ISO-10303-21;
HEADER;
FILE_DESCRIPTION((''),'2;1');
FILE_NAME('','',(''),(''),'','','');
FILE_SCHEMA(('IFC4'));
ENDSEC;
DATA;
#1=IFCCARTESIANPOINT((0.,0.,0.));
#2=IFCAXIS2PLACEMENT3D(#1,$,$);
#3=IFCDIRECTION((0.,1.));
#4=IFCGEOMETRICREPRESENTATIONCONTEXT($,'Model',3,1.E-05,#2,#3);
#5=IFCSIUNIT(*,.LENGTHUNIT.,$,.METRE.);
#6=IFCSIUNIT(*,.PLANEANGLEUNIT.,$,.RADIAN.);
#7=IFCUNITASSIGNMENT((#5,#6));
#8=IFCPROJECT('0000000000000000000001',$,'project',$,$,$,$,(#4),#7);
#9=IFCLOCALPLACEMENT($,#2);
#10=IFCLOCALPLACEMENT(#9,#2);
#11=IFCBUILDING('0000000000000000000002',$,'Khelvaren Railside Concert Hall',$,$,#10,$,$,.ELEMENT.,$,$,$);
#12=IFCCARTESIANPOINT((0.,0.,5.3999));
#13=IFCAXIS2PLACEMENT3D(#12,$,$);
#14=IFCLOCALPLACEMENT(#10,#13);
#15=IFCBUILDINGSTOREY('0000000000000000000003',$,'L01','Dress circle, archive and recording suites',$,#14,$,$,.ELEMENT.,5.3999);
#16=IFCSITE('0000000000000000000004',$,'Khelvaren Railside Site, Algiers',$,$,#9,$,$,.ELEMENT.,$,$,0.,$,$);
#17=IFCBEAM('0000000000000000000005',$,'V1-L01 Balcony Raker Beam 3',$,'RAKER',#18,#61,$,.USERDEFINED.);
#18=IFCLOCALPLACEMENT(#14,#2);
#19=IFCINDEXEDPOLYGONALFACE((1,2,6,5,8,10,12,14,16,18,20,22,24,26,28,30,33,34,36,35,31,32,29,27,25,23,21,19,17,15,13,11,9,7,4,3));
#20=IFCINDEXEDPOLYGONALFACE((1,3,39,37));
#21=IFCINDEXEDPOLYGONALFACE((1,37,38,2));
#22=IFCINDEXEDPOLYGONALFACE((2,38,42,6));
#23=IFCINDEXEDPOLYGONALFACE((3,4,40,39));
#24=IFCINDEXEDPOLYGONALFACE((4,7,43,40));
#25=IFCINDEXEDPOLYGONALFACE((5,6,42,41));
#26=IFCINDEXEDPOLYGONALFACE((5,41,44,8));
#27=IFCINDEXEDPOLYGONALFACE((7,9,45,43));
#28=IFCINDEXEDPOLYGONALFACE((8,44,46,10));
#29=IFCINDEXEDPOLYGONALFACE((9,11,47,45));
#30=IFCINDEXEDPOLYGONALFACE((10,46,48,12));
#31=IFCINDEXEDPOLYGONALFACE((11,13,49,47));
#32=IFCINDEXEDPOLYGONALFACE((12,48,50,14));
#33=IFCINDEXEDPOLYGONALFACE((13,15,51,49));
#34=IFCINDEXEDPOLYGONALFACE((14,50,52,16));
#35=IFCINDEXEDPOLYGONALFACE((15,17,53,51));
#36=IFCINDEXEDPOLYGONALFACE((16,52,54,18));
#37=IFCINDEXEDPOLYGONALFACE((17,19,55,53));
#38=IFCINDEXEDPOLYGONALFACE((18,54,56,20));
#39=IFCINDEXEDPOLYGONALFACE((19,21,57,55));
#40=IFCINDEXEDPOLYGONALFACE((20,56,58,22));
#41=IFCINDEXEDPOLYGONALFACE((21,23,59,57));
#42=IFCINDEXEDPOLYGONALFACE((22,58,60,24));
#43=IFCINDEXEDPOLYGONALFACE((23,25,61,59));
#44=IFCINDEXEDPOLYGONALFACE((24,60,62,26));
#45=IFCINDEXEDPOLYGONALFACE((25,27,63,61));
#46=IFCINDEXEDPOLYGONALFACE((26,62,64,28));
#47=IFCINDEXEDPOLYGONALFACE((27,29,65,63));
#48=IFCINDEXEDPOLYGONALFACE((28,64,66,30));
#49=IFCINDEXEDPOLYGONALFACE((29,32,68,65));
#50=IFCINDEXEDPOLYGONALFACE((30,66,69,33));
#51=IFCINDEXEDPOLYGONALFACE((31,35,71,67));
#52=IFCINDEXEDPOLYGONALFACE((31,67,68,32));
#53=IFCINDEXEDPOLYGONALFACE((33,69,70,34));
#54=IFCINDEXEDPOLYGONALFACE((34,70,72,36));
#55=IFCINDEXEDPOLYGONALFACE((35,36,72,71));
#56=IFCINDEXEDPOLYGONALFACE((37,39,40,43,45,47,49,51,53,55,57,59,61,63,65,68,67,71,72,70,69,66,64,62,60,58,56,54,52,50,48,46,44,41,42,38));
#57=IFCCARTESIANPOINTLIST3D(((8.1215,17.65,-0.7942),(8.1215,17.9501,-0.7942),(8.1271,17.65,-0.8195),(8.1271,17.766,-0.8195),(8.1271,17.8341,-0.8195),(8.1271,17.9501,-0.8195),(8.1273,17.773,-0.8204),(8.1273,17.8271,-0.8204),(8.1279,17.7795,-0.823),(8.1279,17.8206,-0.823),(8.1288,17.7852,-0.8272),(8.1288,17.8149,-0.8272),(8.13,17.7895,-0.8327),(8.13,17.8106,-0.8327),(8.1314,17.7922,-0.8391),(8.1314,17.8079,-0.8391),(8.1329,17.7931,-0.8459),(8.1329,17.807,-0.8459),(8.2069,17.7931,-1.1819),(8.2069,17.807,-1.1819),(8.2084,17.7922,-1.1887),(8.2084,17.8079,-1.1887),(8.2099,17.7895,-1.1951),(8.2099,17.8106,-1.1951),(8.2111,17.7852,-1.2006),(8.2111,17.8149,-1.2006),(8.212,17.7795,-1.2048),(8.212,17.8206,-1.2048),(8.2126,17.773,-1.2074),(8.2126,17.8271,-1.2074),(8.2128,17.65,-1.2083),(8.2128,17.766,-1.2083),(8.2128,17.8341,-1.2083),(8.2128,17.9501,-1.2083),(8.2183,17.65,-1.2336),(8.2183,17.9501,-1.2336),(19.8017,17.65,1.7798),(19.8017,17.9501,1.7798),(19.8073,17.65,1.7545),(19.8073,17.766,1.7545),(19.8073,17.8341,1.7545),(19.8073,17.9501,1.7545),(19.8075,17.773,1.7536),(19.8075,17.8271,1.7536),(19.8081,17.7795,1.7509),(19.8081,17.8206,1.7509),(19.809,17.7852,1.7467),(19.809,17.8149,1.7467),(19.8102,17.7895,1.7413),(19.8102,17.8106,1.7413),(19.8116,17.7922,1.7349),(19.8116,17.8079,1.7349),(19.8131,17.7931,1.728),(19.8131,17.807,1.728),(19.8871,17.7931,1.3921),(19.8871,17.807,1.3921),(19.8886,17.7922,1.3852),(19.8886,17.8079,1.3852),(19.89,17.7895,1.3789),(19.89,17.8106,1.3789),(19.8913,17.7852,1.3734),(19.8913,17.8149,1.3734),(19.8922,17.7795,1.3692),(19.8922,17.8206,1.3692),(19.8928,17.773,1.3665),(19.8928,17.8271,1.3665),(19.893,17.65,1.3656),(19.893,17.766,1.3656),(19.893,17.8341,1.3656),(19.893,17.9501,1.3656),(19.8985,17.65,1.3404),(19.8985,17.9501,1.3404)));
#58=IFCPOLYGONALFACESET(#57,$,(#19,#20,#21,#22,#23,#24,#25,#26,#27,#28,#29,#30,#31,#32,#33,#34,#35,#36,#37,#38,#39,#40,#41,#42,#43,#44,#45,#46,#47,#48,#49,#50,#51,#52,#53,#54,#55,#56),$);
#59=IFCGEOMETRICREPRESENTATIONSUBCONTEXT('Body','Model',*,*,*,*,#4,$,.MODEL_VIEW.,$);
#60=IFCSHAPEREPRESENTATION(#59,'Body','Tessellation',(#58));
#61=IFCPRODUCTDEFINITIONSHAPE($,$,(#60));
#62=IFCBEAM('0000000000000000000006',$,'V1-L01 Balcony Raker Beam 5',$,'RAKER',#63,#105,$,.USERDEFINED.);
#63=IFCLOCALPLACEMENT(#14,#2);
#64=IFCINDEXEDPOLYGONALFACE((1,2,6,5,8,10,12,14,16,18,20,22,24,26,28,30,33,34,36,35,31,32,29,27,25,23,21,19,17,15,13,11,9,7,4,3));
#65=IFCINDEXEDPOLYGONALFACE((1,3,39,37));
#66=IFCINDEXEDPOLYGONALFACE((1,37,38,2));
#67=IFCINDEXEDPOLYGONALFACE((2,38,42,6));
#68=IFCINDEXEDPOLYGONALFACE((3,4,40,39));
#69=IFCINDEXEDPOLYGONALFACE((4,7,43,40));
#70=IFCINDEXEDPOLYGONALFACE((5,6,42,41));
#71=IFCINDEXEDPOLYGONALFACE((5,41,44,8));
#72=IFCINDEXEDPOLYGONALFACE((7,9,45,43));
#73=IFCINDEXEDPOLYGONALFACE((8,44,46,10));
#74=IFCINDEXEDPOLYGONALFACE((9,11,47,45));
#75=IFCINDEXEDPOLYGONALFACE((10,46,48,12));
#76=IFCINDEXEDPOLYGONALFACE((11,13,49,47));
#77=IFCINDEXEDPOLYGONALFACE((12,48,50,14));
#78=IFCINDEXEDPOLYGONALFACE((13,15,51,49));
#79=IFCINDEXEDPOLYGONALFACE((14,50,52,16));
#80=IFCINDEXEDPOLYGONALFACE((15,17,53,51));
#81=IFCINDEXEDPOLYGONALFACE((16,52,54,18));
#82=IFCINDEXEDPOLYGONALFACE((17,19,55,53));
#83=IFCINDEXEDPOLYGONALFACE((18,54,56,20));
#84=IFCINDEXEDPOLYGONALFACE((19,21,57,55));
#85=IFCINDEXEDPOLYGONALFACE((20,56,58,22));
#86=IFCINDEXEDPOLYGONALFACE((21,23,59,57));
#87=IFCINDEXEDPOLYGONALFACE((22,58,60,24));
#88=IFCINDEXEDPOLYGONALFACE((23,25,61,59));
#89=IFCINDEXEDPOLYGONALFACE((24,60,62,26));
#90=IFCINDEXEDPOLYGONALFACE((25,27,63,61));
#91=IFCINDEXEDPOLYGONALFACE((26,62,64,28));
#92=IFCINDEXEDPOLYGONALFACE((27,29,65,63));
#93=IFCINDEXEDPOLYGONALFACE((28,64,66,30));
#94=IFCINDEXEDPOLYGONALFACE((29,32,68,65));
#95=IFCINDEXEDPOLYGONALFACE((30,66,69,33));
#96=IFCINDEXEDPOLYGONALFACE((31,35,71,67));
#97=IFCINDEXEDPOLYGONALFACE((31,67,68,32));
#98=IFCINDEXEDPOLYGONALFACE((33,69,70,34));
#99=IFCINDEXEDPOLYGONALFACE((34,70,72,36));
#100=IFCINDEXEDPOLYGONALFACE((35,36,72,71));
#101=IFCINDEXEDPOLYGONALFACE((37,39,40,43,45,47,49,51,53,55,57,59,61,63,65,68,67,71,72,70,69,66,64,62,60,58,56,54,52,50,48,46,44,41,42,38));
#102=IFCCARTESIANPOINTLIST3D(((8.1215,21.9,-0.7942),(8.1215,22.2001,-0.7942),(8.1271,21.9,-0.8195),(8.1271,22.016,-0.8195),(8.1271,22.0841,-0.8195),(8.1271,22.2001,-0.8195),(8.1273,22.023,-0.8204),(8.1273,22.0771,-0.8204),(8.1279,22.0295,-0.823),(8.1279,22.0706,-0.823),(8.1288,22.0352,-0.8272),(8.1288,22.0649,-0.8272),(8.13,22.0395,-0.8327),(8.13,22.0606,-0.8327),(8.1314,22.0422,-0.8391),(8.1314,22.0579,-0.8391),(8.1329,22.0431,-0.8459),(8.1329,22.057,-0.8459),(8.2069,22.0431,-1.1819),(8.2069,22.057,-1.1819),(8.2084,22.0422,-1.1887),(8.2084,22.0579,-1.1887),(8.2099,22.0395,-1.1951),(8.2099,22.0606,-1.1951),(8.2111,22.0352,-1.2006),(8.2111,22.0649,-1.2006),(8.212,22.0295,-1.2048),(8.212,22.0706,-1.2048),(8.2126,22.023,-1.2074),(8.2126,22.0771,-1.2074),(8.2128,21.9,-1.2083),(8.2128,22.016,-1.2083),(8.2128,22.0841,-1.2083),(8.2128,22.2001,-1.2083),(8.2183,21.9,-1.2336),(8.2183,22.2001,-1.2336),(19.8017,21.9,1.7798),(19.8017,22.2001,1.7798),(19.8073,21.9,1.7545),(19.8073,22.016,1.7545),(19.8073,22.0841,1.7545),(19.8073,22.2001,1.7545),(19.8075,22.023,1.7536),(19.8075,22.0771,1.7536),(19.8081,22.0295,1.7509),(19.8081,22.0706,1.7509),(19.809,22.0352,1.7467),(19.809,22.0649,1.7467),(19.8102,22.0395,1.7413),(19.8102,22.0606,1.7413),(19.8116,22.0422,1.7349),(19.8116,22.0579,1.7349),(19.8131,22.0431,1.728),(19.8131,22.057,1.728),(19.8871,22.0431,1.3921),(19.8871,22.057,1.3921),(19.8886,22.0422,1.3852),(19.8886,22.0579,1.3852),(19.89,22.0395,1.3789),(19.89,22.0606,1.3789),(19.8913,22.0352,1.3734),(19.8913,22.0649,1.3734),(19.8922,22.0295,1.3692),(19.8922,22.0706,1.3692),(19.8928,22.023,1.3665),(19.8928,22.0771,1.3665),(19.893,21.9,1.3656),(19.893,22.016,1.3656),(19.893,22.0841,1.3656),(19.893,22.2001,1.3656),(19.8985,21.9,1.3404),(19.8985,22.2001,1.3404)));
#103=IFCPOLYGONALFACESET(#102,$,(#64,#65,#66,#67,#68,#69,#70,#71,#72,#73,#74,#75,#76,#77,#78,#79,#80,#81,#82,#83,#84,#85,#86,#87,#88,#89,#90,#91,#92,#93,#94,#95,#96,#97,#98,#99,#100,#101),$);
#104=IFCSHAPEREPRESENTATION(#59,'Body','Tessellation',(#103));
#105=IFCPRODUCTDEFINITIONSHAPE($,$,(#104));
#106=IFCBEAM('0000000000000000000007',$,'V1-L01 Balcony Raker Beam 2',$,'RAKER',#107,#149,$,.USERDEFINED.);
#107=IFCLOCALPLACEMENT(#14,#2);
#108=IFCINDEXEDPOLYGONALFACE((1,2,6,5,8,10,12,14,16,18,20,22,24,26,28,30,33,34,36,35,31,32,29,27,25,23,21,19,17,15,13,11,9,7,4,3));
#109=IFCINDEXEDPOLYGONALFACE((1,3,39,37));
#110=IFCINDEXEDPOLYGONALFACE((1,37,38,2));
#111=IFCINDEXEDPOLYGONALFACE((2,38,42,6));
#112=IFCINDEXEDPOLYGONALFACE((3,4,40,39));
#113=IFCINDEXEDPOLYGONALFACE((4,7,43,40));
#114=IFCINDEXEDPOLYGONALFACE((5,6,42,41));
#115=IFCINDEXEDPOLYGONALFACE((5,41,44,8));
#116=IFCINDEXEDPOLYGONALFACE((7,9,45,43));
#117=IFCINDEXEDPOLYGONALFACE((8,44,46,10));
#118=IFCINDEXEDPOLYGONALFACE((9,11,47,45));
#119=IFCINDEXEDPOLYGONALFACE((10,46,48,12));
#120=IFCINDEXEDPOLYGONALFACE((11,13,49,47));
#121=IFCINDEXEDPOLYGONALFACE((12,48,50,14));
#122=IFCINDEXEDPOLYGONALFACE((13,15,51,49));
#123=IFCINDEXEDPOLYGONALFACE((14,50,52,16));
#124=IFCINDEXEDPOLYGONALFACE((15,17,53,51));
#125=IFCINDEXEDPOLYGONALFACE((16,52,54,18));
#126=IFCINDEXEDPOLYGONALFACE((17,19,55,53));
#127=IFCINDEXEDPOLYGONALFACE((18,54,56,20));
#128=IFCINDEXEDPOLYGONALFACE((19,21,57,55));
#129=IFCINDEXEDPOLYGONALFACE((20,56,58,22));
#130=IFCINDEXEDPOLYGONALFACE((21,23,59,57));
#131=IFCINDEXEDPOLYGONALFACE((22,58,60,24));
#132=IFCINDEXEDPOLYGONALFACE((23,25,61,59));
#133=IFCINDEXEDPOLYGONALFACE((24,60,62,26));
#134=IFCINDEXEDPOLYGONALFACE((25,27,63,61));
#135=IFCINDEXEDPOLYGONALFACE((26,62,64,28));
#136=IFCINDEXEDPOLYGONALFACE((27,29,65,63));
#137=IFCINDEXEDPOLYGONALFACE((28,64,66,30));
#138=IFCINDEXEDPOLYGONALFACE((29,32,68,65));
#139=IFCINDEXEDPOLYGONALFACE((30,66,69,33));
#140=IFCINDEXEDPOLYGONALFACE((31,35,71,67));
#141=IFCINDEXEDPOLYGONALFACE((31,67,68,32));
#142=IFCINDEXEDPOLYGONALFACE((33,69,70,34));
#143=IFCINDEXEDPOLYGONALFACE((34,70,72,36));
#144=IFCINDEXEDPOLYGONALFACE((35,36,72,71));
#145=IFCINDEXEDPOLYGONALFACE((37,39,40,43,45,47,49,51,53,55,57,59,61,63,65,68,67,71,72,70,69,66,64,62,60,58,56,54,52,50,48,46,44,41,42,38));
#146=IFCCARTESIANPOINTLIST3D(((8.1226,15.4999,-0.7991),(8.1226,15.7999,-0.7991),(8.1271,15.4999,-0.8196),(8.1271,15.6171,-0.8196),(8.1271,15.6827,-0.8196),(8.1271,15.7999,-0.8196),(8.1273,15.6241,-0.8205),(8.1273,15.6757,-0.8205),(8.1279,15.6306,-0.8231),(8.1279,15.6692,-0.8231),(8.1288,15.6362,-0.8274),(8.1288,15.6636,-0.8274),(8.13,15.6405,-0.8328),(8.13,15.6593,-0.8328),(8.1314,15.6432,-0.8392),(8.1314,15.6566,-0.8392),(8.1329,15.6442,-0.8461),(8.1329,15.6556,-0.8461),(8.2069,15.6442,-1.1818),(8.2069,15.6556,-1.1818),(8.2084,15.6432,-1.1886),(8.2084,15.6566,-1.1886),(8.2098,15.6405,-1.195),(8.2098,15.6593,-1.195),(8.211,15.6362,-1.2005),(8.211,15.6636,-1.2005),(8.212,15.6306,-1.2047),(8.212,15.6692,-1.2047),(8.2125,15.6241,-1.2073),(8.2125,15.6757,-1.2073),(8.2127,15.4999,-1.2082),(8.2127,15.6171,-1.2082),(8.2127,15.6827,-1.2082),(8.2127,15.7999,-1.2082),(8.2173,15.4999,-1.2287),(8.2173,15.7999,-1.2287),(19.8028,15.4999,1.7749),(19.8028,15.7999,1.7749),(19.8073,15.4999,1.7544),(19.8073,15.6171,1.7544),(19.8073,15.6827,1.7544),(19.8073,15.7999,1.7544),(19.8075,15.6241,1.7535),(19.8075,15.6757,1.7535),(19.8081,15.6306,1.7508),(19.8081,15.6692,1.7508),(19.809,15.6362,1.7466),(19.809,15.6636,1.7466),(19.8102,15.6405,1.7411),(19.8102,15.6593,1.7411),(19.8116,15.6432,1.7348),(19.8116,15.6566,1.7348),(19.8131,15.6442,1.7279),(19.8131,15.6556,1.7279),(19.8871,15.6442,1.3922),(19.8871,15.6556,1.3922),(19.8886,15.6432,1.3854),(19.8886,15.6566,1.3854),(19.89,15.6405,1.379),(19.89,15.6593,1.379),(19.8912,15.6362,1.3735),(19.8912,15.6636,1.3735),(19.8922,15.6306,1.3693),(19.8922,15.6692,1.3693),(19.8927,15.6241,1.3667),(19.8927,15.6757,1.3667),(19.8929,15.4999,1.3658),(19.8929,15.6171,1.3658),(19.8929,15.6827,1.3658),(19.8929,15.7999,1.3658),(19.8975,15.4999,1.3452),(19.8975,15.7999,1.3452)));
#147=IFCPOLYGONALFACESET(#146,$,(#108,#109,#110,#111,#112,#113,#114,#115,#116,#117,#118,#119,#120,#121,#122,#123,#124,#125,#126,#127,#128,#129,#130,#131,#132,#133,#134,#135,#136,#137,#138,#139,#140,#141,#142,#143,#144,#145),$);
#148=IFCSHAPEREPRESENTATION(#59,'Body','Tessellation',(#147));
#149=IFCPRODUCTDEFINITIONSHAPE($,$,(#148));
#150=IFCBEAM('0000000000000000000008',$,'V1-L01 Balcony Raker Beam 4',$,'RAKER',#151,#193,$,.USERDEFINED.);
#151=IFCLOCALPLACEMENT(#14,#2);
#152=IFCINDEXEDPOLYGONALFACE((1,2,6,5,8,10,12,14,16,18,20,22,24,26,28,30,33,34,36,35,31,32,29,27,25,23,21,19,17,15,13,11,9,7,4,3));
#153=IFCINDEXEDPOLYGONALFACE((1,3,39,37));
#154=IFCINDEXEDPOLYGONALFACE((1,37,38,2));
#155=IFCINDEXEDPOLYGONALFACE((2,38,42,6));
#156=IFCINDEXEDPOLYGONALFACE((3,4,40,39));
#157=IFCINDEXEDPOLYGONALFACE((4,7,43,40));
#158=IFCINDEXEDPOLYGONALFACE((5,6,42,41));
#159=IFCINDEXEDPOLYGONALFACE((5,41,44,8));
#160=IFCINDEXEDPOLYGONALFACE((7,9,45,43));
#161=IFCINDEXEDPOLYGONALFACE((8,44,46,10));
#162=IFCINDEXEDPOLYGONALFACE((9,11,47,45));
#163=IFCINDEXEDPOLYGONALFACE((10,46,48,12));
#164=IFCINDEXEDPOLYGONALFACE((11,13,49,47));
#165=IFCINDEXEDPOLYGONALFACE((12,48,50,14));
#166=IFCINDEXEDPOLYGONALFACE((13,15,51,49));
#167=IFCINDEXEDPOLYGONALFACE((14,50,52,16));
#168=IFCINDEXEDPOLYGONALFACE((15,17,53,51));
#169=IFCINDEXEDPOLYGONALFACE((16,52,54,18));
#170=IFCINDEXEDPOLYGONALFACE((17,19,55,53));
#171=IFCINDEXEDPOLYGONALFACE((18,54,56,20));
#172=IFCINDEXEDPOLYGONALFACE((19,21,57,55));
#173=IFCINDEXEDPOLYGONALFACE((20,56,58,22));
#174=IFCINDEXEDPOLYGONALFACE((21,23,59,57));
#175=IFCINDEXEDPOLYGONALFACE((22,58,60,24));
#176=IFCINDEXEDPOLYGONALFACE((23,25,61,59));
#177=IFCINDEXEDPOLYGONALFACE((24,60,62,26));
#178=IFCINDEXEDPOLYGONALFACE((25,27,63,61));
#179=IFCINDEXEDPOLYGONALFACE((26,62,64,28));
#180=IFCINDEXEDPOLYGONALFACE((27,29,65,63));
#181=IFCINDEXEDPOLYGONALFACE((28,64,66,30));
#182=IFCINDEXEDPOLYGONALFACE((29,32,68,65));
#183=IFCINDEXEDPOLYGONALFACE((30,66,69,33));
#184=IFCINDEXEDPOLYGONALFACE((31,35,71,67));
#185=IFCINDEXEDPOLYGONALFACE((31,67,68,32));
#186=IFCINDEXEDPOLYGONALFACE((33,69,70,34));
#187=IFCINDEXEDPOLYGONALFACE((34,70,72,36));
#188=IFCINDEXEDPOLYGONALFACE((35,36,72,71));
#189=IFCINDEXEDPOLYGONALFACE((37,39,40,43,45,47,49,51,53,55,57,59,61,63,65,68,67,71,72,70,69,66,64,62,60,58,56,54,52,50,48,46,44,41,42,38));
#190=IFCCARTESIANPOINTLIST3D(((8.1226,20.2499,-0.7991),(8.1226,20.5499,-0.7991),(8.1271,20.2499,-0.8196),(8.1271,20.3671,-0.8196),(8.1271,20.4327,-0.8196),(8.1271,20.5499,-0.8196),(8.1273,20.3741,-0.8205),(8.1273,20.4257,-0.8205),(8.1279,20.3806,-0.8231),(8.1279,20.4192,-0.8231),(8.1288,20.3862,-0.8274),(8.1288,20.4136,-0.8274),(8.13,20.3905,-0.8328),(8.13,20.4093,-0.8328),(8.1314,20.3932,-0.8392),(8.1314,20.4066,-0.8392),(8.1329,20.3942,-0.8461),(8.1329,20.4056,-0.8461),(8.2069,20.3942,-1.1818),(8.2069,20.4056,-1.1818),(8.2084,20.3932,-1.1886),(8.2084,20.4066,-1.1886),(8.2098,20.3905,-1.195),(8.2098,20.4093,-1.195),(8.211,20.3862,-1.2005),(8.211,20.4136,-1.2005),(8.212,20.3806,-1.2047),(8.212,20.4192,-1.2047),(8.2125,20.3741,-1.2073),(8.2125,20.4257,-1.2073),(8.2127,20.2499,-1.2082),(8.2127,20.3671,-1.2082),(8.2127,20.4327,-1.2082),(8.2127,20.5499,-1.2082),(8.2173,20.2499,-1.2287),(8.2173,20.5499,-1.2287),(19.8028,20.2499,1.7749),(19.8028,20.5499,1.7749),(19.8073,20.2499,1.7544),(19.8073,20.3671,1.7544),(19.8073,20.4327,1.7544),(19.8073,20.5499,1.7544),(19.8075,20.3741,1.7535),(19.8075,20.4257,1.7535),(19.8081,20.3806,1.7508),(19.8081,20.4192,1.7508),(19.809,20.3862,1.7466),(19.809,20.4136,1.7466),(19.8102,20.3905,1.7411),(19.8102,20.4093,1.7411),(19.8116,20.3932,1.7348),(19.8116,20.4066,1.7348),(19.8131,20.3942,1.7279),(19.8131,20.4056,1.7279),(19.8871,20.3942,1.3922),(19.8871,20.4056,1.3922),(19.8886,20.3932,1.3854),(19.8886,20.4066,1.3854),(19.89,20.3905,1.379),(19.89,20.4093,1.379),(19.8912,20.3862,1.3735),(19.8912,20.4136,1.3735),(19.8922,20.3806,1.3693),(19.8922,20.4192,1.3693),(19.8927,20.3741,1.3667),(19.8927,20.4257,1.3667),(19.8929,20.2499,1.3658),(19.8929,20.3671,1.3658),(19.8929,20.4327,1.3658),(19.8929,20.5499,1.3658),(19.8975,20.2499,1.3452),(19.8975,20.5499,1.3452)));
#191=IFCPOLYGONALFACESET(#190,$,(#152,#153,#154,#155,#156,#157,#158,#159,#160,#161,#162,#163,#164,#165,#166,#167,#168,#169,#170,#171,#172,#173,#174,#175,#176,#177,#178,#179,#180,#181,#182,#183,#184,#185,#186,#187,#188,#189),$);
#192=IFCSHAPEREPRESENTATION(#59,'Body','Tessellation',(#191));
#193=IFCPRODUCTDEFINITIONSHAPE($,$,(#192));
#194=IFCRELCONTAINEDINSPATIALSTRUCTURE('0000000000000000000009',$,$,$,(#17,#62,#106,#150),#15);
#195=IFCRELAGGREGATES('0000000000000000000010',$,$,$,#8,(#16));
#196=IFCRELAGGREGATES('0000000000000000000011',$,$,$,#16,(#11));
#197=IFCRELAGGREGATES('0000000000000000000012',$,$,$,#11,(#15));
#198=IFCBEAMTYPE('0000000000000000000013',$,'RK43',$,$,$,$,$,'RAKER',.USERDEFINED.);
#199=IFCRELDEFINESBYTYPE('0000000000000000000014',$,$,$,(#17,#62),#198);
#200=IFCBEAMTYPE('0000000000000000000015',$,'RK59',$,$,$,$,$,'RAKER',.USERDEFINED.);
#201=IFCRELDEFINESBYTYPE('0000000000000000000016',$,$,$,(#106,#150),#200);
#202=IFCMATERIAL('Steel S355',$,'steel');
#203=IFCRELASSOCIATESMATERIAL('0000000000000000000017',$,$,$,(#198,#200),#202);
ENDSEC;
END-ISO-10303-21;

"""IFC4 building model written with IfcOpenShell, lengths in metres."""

from ifc_helpers import new_model, si_unit, direction, frame, origin, origin_2d, place, context, subcontext, project, spatial, i_section, extrude, material, material_profile, profile_set, type_object, element, save


model = new_model("IFC4")

# Units and contexts
model_context = context("Model", 3, precision=1e-05, world=origin(), true_north=direction((0.0, 1.0)))
body_context = subcontext(model_context, "Body", "Model", "MODEL_VIEW")
ifc_project = project(units=[si_unit("LENGTHUNIT", "METRE"), si_unit("PLANEANGLEUNIT", "RADIAN")], contexts=[model_context])

# Site, building, storey
site_placement = place(None, origin())
site = spatial("IfcSite", under=ifc_project, at=site_placement, Name="Khelvaren Railside Site, Algiers", CompositionType="ELEMENT", RefElevation=0.0)
building_placement = place(site_placement, origin())
building = spatial("IfcBuilding", under=site, at=building_placement, Name="Khelvaren Railside Concert Hall", CompositionType="ELEMENT")
storey_placement = place(building_placement, frame((0.0, 0.0, 5.3999)))
storey = spatial("IfcBuildingStorey", under=building, at=storey_placement, Name="L01", Description="Dress circle, archive and recording suites", CompositionType="ELEMENT", Elevation=5.3999)

# Shared definitions
ifc_material_1 = material(Name="Steel S355", Category="steel")

# Beams
ifc_material_profile_1 = material_profile(ifc_material_1, i_section(OverallWidth=0.3, OverallDepth=0.45, WebThickness=0.0139, FlangeThickness=0.0259, FilletRadius=0.0271, at=origin_2d()), Name="HEB 450")
ifc_profile_set_1 = profile_set([ifc_material_profile_1], Name="Steel S355")
beam_type_1 = type_object("IfcBeamType", Name="RK43", ElementType="RAKER", PredefinedType="USERDEFINED", material=ifc_profile_set_1)
for number, where, z_axis, x_axis, name in (
    (1, (8.1699, 17.8, -1.0139), (0.976568, 0.0, 0.215208), (0.0, 1.0, 0.0), "V1-L01 Balcony Raker Beam 3"),
    (2, (8.1699, 22.05, -1.0139), (0.976568, 0.0, 0.215208), (0.0, 1.0, 0.0), "V1-L01 Balcony Raker Beam 5"),
):
    element("IfcBeam", number, at=place(storey_placement, frame(where, z_axis=z_axis, x_axis=x_axis)), inside=storey, type_object=beam_type_1, Name=name, ObjectType="RAKER", PredefinedType="USERDEFINED", context=body_context, shape_type="SweptSolid", body=[
        extrude(i_section(OverallWidth=0.3, OverallDepth=0.45, WebThickness=0.0139, FlangeThickness=0.0259, FilletRadius=0.0271, at=origin_2d()), origin(), (0.0, 0.0, 1.0), 11.9604),
    ])
ifc_material_profile_2 = material_profile(ifc_material_1, i_section(OverallWidth=0.3, OverallDepth=0.4399, WebThickness=0.0115, FlangeThickness=0.021, FilletRadius=0.0271, at=origin_2d()), Name="HEA 450")
ifc_profile_set_2 = profile_set([ifc_material_profile_2], Name="Steel S355")
beam_type_2 = type_object("IfcBeamType", Name="RK59", ElementType="RAKER", PredefinedType="USERDEFINED", material=ifc_profile_set_2)
for number, where, z_axis, x_axis, name in (
    (3, (8.1699, 15.6499, -1.0139), (0.976568, 0.0, 0.215208), (0.0, 1.0, 0.0), "V1-L01 Balcony Raker Beam 2"),
    (4, (8.1699, 20.3999, -1.0139), (0.976568, 0.0, 0.215208), (0.0, 1.0, 0.0), "V1-L01 Balcony Raker Beam 4"),
):
    element("IfcBeam", number, at=place(storey_placement, frame(where, z_axis=z_axis, x_axis=x_axis)), inside=storey, type_object=beam_type_2, Name=name, ObjectType="RAKER", PredefinedType="USERDEFINED", context=body_context, shape_type="SweptSolid", body=[
        extrude(i_section(OverallWidth=0.3, OverallDepth=0.4399, WebThickness=0.0115, FlangeThickness=0.021, FilletRadius=0.0271, at=origin_2d()), origin(), (0.0, 0.0, 1.0), 11.9604),
    ])

save(model, "model.ifc")
